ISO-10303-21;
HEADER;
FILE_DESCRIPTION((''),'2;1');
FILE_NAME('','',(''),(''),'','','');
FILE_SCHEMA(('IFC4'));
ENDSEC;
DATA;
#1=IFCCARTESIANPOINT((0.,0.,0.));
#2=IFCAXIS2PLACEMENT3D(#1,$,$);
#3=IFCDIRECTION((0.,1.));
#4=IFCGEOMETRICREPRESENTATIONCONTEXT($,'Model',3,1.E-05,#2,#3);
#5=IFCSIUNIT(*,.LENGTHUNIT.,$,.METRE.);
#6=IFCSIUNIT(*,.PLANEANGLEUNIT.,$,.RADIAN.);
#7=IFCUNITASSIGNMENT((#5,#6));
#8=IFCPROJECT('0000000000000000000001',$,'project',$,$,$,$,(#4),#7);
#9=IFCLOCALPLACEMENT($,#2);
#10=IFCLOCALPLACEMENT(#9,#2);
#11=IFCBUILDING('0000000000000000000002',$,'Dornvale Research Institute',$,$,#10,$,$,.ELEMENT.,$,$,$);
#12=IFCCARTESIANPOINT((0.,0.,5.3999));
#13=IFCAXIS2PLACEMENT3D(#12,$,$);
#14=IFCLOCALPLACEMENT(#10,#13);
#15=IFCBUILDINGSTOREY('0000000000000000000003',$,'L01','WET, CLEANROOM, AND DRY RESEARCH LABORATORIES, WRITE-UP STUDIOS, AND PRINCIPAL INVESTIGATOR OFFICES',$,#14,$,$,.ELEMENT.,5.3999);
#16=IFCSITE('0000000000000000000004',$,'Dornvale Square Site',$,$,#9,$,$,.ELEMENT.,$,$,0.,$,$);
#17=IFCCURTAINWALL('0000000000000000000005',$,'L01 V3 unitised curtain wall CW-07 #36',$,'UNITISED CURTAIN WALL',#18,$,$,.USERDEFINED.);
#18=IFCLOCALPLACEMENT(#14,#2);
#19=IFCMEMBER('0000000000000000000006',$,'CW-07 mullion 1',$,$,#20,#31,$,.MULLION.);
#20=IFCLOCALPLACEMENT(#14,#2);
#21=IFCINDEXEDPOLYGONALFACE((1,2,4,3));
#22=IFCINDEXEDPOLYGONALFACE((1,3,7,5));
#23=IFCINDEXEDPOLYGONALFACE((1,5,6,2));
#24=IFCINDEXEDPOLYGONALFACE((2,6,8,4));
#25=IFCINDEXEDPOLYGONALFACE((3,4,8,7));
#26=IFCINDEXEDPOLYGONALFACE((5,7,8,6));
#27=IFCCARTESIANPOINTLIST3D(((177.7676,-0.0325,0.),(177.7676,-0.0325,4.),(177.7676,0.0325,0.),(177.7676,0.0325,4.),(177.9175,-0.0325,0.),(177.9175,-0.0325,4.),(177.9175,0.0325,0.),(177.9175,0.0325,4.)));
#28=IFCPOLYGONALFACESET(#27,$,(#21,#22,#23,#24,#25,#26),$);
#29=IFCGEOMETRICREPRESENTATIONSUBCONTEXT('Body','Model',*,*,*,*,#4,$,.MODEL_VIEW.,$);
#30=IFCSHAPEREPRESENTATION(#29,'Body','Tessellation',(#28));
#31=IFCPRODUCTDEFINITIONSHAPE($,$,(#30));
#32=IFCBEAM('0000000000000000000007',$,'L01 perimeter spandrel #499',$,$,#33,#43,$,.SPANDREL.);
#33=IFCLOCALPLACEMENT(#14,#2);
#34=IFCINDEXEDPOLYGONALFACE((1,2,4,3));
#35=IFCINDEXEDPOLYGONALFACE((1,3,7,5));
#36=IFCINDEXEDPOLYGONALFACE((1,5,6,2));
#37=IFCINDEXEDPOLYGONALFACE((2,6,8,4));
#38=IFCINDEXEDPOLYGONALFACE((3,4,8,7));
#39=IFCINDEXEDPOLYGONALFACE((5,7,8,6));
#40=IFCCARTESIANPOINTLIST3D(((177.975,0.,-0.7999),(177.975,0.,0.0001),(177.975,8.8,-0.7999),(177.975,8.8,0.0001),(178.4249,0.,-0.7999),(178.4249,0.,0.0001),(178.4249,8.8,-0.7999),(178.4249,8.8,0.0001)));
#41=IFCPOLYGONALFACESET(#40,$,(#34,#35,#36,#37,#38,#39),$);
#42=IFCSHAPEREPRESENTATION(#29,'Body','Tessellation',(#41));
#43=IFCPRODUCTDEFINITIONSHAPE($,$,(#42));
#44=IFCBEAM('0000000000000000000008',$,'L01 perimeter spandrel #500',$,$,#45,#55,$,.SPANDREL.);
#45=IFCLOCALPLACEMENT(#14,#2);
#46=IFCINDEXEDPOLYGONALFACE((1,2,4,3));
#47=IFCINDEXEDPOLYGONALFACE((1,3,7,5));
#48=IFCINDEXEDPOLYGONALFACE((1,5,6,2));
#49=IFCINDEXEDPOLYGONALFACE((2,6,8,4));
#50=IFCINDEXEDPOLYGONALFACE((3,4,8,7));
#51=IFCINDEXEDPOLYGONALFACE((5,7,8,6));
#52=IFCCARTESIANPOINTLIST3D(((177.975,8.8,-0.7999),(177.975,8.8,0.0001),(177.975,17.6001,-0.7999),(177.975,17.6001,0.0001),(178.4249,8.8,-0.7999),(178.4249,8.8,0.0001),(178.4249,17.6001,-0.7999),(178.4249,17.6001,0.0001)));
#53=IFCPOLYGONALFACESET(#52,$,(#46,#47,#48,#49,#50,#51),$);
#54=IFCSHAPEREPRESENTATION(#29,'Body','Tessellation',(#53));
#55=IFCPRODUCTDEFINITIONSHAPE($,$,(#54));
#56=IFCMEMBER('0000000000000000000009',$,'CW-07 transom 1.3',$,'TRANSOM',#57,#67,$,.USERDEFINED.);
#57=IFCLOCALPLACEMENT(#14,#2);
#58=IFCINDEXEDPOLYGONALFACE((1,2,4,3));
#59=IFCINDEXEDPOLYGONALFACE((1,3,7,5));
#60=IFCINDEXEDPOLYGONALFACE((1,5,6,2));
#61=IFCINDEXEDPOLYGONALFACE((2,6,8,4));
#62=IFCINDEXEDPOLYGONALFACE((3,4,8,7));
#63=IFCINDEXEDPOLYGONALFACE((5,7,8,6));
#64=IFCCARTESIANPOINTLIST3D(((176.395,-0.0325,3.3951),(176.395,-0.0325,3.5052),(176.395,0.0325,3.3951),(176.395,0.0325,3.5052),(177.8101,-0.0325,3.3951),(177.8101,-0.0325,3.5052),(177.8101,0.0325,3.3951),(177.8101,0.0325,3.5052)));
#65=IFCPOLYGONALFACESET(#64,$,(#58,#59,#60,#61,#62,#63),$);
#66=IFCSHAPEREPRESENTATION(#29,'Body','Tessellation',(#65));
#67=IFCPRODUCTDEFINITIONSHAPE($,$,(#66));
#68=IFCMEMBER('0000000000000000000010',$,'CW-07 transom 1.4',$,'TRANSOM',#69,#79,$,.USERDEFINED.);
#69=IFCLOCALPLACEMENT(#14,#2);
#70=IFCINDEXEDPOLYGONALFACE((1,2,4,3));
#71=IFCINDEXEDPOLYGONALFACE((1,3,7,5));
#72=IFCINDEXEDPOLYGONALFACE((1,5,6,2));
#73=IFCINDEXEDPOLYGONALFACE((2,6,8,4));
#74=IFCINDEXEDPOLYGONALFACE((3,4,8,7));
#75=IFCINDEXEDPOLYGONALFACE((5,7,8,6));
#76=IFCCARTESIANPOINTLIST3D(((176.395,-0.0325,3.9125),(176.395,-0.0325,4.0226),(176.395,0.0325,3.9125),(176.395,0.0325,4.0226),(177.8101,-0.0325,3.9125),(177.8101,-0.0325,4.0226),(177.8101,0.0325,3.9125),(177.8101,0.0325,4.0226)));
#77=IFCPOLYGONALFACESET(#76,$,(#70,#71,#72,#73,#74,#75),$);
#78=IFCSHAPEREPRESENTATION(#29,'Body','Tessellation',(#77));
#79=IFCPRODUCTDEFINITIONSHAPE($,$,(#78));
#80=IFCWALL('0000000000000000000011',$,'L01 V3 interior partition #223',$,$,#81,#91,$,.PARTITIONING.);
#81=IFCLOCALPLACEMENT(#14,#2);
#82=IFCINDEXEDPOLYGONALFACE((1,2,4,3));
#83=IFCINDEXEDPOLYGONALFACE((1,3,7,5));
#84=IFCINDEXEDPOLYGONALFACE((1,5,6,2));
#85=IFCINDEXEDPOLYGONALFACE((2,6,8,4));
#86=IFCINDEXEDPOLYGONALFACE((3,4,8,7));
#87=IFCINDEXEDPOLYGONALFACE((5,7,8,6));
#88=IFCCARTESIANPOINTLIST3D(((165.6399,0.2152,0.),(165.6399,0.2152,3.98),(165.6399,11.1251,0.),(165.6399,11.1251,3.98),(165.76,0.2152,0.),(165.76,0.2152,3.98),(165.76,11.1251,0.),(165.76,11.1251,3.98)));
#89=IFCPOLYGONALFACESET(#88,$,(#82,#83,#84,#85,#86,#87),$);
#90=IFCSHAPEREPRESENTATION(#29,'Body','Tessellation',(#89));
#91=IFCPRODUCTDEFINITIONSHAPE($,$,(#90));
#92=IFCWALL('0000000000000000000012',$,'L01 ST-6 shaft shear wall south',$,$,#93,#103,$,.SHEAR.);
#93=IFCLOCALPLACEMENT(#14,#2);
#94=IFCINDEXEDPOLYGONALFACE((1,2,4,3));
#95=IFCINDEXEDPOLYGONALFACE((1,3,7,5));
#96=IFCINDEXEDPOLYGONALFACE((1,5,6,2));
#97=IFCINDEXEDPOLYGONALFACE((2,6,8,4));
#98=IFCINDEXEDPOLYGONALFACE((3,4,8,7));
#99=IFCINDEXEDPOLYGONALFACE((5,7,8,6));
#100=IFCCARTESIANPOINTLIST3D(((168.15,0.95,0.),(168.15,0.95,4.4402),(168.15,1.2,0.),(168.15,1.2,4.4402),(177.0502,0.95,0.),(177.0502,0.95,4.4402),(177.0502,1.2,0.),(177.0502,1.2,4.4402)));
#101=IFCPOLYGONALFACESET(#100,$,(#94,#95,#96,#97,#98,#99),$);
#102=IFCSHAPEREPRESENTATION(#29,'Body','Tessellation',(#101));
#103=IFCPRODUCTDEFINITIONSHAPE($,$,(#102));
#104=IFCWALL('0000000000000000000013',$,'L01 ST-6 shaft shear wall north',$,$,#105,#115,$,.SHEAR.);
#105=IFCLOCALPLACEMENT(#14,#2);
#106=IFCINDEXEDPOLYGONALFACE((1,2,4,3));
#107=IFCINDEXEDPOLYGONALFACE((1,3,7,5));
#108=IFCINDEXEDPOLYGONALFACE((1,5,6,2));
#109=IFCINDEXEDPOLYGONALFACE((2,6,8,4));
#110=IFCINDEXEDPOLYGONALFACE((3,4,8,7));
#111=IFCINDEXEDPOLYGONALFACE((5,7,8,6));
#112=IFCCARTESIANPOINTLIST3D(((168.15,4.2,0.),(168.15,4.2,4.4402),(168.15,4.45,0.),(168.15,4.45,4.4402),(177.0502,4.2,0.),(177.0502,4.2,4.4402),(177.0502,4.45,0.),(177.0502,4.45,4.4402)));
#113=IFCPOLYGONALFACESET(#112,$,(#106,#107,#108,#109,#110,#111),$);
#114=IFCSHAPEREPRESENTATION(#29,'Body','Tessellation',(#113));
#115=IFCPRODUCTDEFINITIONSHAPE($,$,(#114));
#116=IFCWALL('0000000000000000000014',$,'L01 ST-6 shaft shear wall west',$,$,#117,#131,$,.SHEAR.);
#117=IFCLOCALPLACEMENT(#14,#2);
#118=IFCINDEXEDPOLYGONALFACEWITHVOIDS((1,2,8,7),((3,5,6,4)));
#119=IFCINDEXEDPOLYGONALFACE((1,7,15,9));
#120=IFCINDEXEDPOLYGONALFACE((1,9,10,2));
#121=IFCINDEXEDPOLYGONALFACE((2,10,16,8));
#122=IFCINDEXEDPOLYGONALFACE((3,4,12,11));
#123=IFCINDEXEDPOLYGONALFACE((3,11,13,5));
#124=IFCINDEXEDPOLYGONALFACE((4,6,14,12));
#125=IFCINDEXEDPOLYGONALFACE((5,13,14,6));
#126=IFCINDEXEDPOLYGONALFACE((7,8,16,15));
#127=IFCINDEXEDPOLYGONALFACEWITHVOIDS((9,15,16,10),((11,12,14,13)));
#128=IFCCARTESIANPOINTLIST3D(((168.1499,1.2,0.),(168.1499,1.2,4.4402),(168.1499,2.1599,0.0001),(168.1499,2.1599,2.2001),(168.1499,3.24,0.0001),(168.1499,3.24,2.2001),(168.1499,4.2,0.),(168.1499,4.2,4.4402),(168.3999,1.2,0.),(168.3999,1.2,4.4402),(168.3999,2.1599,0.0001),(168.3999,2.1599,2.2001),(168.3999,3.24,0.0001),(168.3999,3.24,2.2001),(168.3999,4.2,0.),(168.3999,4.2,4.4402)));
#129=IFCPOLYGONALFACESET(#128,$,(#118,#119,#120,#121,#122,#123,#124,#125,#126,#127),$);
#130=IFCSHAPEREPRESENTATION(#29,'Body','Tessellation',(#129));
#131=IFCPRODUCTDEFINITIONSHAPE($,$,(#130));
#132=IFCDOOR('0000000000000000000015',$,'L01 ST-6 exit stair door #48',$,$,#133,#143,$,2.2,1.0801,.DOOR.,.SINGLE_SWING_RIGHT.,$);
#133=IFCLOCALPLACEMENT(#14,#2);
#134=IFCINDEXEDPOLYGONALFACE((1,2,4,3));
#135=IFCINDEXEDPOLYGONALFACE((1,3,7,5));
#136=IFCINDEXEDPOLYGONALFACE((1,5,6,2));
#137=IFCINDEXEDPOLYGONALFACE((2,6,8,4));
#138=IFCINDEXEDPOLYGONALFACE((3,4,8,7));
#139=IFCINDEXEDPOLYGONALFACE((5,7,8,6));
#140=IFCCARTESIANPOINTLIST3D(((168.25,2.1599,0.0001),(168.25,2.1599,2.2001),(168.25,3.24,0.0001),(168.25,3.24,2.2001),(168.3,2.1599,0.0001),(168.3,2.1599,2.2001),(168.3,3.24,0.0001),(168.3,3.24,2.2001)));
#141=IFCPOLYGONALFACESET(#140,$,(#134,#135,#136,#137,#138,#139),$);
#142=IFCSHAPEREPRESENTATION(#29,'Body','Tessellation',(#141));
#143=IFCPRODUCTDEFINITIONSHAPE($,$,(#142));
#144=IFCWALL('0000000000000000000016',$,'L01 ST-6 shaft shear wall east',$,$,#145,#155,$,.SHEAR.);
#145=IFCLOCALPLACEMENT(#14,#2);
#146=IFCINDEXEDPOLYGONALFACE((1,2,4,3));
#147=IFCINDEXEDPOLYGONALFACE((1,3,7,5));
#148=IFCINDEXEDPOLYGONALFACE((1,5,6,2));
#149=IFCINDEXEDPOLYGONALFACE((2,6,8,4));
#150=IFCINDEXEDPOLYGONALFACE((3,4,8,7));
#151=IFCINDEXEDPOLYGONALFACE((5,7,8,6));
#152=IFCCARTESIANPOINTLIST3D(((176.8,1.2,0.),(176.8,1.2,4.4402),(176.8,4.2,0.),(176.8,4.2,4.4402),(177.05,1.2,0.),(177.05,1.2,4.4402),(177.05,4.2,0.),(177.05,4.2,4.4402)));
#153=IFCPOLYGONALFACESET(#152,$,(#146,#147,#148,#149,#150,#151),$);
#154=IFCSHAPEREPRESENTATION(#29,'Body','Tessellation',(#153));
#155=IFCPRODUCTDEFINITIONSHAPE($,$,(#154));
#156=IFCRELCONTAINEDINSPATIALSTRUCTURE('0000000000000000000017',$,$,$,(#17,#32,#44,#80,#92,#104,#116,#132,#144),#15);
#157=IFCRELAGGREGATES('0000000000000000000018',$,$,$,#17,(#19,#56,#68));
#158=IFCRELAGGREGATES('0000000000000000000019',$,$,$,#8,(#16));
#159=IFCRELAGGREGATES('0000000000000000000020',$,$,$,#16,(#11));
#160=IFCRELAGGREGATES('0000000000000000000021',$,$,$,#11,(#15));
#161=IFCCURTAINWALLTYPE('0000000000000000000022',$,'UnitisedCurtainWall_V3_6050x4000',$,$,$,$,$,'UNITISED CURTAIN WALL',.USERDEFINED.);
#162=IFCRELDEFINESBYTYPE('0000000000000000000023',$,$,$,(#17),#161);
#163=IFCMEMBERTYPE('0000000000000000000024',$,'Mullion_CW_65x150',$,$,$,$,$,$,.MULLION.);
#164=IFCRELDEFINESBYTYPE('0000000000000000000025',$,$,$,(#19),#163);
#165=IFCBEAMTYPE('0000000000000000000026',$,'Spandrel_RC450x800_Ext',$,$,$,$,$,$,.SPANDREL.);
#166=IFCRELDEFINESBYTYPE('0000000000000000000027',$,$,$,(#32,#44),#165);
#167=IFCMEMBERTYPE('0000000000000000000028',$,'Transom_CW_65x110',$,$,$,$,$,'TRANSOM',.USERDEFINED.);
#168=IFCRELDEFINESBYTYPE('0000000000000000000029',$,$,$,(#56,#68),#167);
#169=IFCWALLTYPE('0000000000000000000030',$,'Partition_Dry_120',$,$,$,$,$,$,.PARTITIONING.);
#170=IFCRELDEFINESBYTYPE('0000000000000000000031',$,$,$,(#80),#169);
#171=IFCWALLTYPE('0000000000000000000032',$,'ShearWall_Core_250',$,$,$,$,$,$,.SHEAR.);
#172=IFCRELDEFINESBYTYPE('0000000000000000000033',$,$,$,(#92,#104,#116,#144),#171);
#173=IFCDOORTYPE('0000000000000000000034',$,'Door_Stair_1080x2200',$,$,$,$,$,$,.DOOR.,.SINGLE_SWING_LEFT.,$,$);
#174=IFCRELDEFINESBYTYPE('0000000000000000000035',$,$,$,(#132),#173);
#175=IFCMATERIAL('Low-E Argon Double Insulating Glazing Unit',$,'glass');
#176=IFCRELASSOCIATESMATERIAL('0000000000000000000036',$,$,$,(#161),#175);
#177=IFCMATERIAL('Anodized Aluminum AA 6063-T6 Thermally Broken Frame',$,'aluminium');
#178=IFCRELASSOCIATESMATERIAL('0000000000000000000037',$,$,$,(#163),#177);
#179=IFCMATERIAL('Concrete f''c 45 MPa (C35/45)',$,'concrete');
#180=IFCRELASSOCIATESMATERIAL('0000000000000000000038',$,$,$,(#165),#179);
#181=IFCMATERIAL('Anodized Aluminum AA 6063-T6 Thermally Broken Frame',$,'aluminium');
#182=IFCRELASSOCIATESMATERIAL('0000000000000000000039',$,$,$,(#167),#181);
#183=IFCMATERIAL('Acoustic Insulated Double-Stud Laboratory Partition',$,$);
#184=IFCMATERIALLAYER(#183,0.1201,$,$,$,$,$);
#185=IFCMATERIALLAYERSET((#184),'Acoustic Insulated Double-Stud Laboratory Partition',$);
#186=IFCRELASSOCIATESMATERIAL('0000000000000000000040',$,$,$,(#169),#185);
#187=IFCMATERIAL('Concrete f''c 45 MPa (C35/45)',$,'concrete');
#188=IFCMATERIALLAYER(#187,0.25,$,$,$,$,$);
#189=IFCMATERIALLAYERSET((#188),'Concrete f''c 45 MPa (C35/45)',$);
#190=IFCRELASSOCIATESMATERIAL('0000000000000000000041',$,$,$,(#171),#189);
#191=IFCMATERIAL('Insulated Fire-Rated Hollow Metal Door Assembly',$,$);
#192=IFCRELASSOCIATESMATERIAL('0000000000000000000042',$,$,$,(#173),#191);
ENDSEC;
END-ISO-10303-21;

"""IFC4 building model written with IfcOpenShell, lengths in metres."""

from ifc_helpers import new_model, si_unit, direction, frame, frame_2d, origin, origin_2d, place, context, subcontext, project, spatial, rectangle, extrude, material, layer, layer_set, material_profile, profile_set, type_object, element, fill, aggregate, save


model = new_model("IFC4")

# Units and contexts
model_context = context("Model", 3, precision=1e-05, world=origin(), true_north=direction((0.0, 1.0)))
body_context = subcontext(model_context, "Body", "Model", "MODEL_VIEW")
ifc_project = project(units=[si_unit("LENGTHUNIT", "METRE"), si_unit("PLANEANGLEUNIT", "RADIAN")], contexts=[model_context])

# Site, building, storey
site_placement = place(None, origin())
site = spatial("IfcSite", under=ifc_project, at=site_placement, Name="Dornvale Square Site", CompositionType="ELEMENT", RefElevation=0.0)
building_placement = place(site_placement, origin())
building = spatial("IfcBuilding", under=site, at=building_placement, Name="Dornvale Research Institute", CompositionType="ELEMENT")
storey_placement = place(building_placement, frame((0.0, 0.0, 5.3999)))
storey = spatial("IfcBuildingStorey", under=building, at=storey_placement, Name="L01", Description="WET, CLEANROOM, AND DRY RESEARCH LABORATORIES, WRITE-UP STUDIOS, AND PRINCIPAL INVESTIGATOR OFFICES", CompositionType="ELEMENT", Elevation=5.3999)

# Curtain wall, member
ifc_material_1 = material(Name="Low-E Argon Double Insulating Glazing Unit", Category="glass")
curtain_wall_type = type_object("IfcCurtainWallType", Name="UnitisedCurtainWall_V3_6050x4000", ElementType="UNITISED CURTAIN WALL", PredefinedType="USERDEFINED", material=ifc_material_1)
curtain_wall_placement = place(storey_placement, origin())
curtain_wall = element("IfcCurtainWall", 1, at=curtain_wall_placement, inside=storey, type_object=curtain_wall_type, Name="L01 V3 unitised curtain wall CW-07 #36", ObjectType="UNITISED CURTAIN WALL", PredefinedType="USERDEFINED")
ifc_material_2 = material(Name="Anodized Aluminum AA 6063-T6 Thermally Broken Frame", Category="aluminium")
ifc_material_profile_1 = material_profile(ifc_material_2, rectangle(XDim=0.0649, YDim=0.1499, at=origin_2d()), Name="ALU MULLION 65x150")
ifc_profile_set_1 = profile_set([ifc_material_profile_1], Name="Anodized Aluminum AA 6063-T6 Thermally Broken Frame")
member_type_1 = type_object("IfcMemberType", Name="Mullion_CW_65x150", PredefinedType="MULLION", material=ifc_profile_set_1)
member_1_placement = place(storey_placement, frame((177.8425, 0.0, 0.0), z_axis=(0.0, 0.0, 1.0), x_axis=(0.0, -1.0, 0.0)))
member_1 = element("IfcMember", 2, at=member_1_placement, type_object=member_type_1, Name="CW-07 mullion 1", PredefinedType="MULLION", context=body_context, shape_type="SweptSolid", body=[
    extrude(rectangle(XDim=0.0649, YDim=0.1499, at=origin_2d()), origin(), (0.0, 0.0, 1.0), 4.0),
])

# Beams
ifc_material_3 = material(Name="Concrete f'c 45 MPa (C35/45)", Category="concrete")
ifc_material_profile_2 = material_profile(ifc_material_3, rectangle(XDim=0.45, YDim=0.8, at=origin_2d()), Name="RC 450x800")
ifc_profile_set_2 = profile_set([ifc_material_profile_2], Name="Concrete f'c 45 MPa (C35/45)")
beam_type_1 = type_object("IfcBeamType", Name="Spandrel_RC450x800_Ext", PredefinedType="SPANDREL", material=ifc_profile_set_2)
for number, where, z_axis, x_axis, name in (
    (3, (178.2, 0.0, -0.3999), (0.0, 1.0, 0.0), (-1.0, 0.0, 0.0), "L01 perimeter spandrel #499"),
    (4, (178.2, 8.8, -0.3999), (0.0, 1.0, 0.0), (-1.0, 0.0, 0.0), "L01 perimeter spandrel #500"),
):
    element("IfcBeam", number, at=place(storey_placement, frame(where, z_axis=z_axis, x_axis=x_axis)), inside=storey, type_object=beam_type_1, Name=name, PredefinedType="SPANDREL", context=body_context, shape_type="SweptSolid", body=[
        extrude(rectangle(XDim=0.45, YDim=0.8, at=origin_2d()), origin(), (0.0, 0.0, 1.0), 8.8),
    ])

# Members
ifc_material_4 = material(Name="Anodized Aluminum AA 6063-T6 Thermally Broken Frame", Category="aluminium")
ifc_material_profile_3 = material_profile(ifc_material_4, rectangle(XDim=0.0649, YDim=0.1101, at=origin_2d()), Name="ALU TRANSOM 65x110")
ifc_profile_set_3 = profile_set([ifc_material_profile_3], Name="Anodized Aluminum AA 6063-T6 Thermally Broken Frame")
member_type_2 = type_object("IfcMemberType", Name="Transom_CW_65x110", ElementType="TRANSOM", PredefinedType="USERDEFINED", material=ifc_profile_set_3)
member_2_placement = place(storey_placement, frame((177.8101, 0.0, 3.4502), z_axis=(-1.0, 0.0, 0.0), x_axis=(0.0, -1.0, 0.0)))
member_2 = element("IfcMember", 5, at=member_2_placement, type_object=member_type_2, Name="CW-07 transom 1.3", ObjectType="TRANSOM", PredefinedType="USERDEFINED", context=body_context, shape_type="SweptSolid", body=[
    extrude(rectangle(XDim=0.0649, YDim=0.1101, at=origin_2d()), origin(), (0.0, 0.0, 1.0), 1.415),
])
member_3_placement = place(storey_placement, frame((177.8101, 0.0, 3.9675), z_axis=(-1.0, 0.0, 0.0), x_axis=(0.0, -1.0, 0.0)))
member_3 = element("IfcMember", 6, at=member_3_placement, type_object=member_type_2, Name="CW-07 transom 1.4", ObjectType="TRANSOM", PredefinedType="USERDEFINED", context=body_context, shape_type="SweptSolid", body=[
    extrude(rectangle(XDim=0.0649, YDim=0.1101, at=origin_2d()), origin(), (0.0, 0.0, 1.0), 1.415),
])
aggregate(curtain_wall, [member_1, member_2, member_3])

# Walls
ifc_material_5 = material(Name="Acoustic Insulated Double-Stud Laboratory Partition")
ifc_layer_1 = layer(ifc_material_5, 0.1201)
ifc_layer_set_1 = layer_set([ifc_layer_1], Name="Acoustic Insulated Double-Stud Laboratory Partition")
wall_type_1 = type_object("IfcWallType", Name="Partition_Dry_120", PredefinedType="PARTITIONING", material=ifc_layer_set_1)
wall_1_placement = place(storey_placement, frame((165.7, 0.2151, 0.0), z_axis=(0.0, 0.0, 1.0), x_axis=(0.0, 1.0, 0.0)))
element("IfcWall", 7, at=wall_1_placement, inside=storey, type_object=wall_type_1, Name="L01 V3 interior partition #223", PredefinedType="PARTITIONING", context=body_context, shape_type="SweptSolid", body=[
    extrude(rectangle(XDim=10.9099, YDim=0.1201, at=frame_2d((5.4551, 0.0))), origin(), (0.0, 0.0, 1.0), 3.98),
])
ifc_material_6 = material(Name="Concrete f'c 45 MPa (C35/45)", Category="concrete")
ifc_layer_2 = layer(ifc_material_6, 0.25)
ifc_layer_set_2 = layer_set([ifc_layer_2], Name="Concrete f'c 45 MPa (C35/45)")
wall_type_2 = type_object("IfcWallType", Name="ShearWall_Core_250", PredefinedType="SHEAR", material=ifc_layer_set_2)
for number, where, z_axis, x_axis, name in (
    (8, (168.1499, 1.075, 0.0), (0.0, 0.0, 1.0), (1.0, 0.0, 0.0), "L01 ST-6 shaft shear wall south"),
    (9, (168.1499, 4.325, 0.0), (0.0, 0.0, 1.0), (1.0, 0.0, 0.0), "L01 ST-6 shaft shear wall north"),
):
    element("IfcWall", number, at=place(storey_placement, frame(where, z_axis=z_axis, x_axis=x_axis)), inside=storey, type_object=wall_type_2, Name=name, PredefinedType="SHEAR", context=body_context, shape_type="SweptSolid", body=[
        extrude(rectangle(XDim=8.9001, YDim=0.25, at=frame_2d((4.4502, 0.0))), origin(), (0.0, 0.0, 1.0), 4.4402),
    ])

# Wall, opening, door
wall_2_placement = place(storey_placement, frame((168.2749, 1.2, 0.0), z_axis=(0.0, 0.0, 1.0), x_axis=(0.0, 1.0, 0.0)))
wall_2 = element("IfcWall", 10, at=wall_2_placement, inside=storey, type_object=wall_type_2, Name="L01 ST-6 shaft shear wall west", PredefinedType="SHEAR", context=body_context, shape_type="SweptSolid", body=[
    extrude(rectangle(XDim=3.0, YDim=0.25, at=frame_2d((1.5, 0.0))), origin(), (0.0, 0.0, 1.0), 4.4402),
])
opening_1_placement = place(wall_2_placement, frame((0.96, 0.0, 0.0)))
opening_1 = element("IfcOpeningElement", 11, at=opening_1_placement, cuts=wall_2, PredefinedType="OPENING", context=body_context, shape_type="SweptSolid", body=[
    extrude(rectangle(XDim=1.0801, YDim=2.2, at=frame_2d((0.54, 1.1001))), frame((0.0, 0.1399, 0.0), z_axis=(0.0, -1.0, 0.0), x_axis=(1.0, 0.0, 0.0)), (0.0, 0.0, 1.0), 0.28),
])
ifc_material_7 = material(Name="Insulated Fire-Rated Hollow Metal Door Assembly")
door_type = type_object("IfcDoorType", Name="Door_Stair_1080x2200", OperationType="SINGLE_SWING_LEFT", PredefinedType="DOOR", material=ifc_material_7)
door_placement = place(opening_1_placement, origin())
door = element("IfcDoor", 12, at=door_placement, inside=storey, type_object=door_type, Name="L01 ST-6 exit stair door #48", OperationType="SINGLE_SWING_RIGHT", OverallHeight=2.2, OverallWidth=1.0801, PredefinedType="DOOR", context=body_context, shape_type="SweptSolid", body=[
    extrude(rectangle(XDim=1.0801, YDim=2.2, at=frame_2d((0.54, 1.1001))), frame((0.0, 0.0249, 0.0), z_axis=(0.0, -1.0, 0.0), x_axis=(1.0, 0.0, 0.0)), (0.0, 0.0, 1.0), 0.05),
])
fill(opening_1, door)

# Wall
wall_3_placement = place(storey_placement, frame((176.925, 1.2, 0.0), z_axis=(0.0, 0.0, 1.0), x_axis=(0.0, 1.0, 0.0)))
element("IfcWall", 13, at=wall_3_placement, inside=storey, type_object=wall_type_2, Name="L01 ST-6 shaft shear wall east", PredefinedType="SHEAR", context=body_context, shape_type="SweptSolid", body=[
    extrude(rectangle(XDim=3.0, YDim=0.25, at=frame_2d((1.5, 0.0))), origin(), (0.0, 0.0, 1.0), 4.4402),
])

save(model, "model.ifc")
